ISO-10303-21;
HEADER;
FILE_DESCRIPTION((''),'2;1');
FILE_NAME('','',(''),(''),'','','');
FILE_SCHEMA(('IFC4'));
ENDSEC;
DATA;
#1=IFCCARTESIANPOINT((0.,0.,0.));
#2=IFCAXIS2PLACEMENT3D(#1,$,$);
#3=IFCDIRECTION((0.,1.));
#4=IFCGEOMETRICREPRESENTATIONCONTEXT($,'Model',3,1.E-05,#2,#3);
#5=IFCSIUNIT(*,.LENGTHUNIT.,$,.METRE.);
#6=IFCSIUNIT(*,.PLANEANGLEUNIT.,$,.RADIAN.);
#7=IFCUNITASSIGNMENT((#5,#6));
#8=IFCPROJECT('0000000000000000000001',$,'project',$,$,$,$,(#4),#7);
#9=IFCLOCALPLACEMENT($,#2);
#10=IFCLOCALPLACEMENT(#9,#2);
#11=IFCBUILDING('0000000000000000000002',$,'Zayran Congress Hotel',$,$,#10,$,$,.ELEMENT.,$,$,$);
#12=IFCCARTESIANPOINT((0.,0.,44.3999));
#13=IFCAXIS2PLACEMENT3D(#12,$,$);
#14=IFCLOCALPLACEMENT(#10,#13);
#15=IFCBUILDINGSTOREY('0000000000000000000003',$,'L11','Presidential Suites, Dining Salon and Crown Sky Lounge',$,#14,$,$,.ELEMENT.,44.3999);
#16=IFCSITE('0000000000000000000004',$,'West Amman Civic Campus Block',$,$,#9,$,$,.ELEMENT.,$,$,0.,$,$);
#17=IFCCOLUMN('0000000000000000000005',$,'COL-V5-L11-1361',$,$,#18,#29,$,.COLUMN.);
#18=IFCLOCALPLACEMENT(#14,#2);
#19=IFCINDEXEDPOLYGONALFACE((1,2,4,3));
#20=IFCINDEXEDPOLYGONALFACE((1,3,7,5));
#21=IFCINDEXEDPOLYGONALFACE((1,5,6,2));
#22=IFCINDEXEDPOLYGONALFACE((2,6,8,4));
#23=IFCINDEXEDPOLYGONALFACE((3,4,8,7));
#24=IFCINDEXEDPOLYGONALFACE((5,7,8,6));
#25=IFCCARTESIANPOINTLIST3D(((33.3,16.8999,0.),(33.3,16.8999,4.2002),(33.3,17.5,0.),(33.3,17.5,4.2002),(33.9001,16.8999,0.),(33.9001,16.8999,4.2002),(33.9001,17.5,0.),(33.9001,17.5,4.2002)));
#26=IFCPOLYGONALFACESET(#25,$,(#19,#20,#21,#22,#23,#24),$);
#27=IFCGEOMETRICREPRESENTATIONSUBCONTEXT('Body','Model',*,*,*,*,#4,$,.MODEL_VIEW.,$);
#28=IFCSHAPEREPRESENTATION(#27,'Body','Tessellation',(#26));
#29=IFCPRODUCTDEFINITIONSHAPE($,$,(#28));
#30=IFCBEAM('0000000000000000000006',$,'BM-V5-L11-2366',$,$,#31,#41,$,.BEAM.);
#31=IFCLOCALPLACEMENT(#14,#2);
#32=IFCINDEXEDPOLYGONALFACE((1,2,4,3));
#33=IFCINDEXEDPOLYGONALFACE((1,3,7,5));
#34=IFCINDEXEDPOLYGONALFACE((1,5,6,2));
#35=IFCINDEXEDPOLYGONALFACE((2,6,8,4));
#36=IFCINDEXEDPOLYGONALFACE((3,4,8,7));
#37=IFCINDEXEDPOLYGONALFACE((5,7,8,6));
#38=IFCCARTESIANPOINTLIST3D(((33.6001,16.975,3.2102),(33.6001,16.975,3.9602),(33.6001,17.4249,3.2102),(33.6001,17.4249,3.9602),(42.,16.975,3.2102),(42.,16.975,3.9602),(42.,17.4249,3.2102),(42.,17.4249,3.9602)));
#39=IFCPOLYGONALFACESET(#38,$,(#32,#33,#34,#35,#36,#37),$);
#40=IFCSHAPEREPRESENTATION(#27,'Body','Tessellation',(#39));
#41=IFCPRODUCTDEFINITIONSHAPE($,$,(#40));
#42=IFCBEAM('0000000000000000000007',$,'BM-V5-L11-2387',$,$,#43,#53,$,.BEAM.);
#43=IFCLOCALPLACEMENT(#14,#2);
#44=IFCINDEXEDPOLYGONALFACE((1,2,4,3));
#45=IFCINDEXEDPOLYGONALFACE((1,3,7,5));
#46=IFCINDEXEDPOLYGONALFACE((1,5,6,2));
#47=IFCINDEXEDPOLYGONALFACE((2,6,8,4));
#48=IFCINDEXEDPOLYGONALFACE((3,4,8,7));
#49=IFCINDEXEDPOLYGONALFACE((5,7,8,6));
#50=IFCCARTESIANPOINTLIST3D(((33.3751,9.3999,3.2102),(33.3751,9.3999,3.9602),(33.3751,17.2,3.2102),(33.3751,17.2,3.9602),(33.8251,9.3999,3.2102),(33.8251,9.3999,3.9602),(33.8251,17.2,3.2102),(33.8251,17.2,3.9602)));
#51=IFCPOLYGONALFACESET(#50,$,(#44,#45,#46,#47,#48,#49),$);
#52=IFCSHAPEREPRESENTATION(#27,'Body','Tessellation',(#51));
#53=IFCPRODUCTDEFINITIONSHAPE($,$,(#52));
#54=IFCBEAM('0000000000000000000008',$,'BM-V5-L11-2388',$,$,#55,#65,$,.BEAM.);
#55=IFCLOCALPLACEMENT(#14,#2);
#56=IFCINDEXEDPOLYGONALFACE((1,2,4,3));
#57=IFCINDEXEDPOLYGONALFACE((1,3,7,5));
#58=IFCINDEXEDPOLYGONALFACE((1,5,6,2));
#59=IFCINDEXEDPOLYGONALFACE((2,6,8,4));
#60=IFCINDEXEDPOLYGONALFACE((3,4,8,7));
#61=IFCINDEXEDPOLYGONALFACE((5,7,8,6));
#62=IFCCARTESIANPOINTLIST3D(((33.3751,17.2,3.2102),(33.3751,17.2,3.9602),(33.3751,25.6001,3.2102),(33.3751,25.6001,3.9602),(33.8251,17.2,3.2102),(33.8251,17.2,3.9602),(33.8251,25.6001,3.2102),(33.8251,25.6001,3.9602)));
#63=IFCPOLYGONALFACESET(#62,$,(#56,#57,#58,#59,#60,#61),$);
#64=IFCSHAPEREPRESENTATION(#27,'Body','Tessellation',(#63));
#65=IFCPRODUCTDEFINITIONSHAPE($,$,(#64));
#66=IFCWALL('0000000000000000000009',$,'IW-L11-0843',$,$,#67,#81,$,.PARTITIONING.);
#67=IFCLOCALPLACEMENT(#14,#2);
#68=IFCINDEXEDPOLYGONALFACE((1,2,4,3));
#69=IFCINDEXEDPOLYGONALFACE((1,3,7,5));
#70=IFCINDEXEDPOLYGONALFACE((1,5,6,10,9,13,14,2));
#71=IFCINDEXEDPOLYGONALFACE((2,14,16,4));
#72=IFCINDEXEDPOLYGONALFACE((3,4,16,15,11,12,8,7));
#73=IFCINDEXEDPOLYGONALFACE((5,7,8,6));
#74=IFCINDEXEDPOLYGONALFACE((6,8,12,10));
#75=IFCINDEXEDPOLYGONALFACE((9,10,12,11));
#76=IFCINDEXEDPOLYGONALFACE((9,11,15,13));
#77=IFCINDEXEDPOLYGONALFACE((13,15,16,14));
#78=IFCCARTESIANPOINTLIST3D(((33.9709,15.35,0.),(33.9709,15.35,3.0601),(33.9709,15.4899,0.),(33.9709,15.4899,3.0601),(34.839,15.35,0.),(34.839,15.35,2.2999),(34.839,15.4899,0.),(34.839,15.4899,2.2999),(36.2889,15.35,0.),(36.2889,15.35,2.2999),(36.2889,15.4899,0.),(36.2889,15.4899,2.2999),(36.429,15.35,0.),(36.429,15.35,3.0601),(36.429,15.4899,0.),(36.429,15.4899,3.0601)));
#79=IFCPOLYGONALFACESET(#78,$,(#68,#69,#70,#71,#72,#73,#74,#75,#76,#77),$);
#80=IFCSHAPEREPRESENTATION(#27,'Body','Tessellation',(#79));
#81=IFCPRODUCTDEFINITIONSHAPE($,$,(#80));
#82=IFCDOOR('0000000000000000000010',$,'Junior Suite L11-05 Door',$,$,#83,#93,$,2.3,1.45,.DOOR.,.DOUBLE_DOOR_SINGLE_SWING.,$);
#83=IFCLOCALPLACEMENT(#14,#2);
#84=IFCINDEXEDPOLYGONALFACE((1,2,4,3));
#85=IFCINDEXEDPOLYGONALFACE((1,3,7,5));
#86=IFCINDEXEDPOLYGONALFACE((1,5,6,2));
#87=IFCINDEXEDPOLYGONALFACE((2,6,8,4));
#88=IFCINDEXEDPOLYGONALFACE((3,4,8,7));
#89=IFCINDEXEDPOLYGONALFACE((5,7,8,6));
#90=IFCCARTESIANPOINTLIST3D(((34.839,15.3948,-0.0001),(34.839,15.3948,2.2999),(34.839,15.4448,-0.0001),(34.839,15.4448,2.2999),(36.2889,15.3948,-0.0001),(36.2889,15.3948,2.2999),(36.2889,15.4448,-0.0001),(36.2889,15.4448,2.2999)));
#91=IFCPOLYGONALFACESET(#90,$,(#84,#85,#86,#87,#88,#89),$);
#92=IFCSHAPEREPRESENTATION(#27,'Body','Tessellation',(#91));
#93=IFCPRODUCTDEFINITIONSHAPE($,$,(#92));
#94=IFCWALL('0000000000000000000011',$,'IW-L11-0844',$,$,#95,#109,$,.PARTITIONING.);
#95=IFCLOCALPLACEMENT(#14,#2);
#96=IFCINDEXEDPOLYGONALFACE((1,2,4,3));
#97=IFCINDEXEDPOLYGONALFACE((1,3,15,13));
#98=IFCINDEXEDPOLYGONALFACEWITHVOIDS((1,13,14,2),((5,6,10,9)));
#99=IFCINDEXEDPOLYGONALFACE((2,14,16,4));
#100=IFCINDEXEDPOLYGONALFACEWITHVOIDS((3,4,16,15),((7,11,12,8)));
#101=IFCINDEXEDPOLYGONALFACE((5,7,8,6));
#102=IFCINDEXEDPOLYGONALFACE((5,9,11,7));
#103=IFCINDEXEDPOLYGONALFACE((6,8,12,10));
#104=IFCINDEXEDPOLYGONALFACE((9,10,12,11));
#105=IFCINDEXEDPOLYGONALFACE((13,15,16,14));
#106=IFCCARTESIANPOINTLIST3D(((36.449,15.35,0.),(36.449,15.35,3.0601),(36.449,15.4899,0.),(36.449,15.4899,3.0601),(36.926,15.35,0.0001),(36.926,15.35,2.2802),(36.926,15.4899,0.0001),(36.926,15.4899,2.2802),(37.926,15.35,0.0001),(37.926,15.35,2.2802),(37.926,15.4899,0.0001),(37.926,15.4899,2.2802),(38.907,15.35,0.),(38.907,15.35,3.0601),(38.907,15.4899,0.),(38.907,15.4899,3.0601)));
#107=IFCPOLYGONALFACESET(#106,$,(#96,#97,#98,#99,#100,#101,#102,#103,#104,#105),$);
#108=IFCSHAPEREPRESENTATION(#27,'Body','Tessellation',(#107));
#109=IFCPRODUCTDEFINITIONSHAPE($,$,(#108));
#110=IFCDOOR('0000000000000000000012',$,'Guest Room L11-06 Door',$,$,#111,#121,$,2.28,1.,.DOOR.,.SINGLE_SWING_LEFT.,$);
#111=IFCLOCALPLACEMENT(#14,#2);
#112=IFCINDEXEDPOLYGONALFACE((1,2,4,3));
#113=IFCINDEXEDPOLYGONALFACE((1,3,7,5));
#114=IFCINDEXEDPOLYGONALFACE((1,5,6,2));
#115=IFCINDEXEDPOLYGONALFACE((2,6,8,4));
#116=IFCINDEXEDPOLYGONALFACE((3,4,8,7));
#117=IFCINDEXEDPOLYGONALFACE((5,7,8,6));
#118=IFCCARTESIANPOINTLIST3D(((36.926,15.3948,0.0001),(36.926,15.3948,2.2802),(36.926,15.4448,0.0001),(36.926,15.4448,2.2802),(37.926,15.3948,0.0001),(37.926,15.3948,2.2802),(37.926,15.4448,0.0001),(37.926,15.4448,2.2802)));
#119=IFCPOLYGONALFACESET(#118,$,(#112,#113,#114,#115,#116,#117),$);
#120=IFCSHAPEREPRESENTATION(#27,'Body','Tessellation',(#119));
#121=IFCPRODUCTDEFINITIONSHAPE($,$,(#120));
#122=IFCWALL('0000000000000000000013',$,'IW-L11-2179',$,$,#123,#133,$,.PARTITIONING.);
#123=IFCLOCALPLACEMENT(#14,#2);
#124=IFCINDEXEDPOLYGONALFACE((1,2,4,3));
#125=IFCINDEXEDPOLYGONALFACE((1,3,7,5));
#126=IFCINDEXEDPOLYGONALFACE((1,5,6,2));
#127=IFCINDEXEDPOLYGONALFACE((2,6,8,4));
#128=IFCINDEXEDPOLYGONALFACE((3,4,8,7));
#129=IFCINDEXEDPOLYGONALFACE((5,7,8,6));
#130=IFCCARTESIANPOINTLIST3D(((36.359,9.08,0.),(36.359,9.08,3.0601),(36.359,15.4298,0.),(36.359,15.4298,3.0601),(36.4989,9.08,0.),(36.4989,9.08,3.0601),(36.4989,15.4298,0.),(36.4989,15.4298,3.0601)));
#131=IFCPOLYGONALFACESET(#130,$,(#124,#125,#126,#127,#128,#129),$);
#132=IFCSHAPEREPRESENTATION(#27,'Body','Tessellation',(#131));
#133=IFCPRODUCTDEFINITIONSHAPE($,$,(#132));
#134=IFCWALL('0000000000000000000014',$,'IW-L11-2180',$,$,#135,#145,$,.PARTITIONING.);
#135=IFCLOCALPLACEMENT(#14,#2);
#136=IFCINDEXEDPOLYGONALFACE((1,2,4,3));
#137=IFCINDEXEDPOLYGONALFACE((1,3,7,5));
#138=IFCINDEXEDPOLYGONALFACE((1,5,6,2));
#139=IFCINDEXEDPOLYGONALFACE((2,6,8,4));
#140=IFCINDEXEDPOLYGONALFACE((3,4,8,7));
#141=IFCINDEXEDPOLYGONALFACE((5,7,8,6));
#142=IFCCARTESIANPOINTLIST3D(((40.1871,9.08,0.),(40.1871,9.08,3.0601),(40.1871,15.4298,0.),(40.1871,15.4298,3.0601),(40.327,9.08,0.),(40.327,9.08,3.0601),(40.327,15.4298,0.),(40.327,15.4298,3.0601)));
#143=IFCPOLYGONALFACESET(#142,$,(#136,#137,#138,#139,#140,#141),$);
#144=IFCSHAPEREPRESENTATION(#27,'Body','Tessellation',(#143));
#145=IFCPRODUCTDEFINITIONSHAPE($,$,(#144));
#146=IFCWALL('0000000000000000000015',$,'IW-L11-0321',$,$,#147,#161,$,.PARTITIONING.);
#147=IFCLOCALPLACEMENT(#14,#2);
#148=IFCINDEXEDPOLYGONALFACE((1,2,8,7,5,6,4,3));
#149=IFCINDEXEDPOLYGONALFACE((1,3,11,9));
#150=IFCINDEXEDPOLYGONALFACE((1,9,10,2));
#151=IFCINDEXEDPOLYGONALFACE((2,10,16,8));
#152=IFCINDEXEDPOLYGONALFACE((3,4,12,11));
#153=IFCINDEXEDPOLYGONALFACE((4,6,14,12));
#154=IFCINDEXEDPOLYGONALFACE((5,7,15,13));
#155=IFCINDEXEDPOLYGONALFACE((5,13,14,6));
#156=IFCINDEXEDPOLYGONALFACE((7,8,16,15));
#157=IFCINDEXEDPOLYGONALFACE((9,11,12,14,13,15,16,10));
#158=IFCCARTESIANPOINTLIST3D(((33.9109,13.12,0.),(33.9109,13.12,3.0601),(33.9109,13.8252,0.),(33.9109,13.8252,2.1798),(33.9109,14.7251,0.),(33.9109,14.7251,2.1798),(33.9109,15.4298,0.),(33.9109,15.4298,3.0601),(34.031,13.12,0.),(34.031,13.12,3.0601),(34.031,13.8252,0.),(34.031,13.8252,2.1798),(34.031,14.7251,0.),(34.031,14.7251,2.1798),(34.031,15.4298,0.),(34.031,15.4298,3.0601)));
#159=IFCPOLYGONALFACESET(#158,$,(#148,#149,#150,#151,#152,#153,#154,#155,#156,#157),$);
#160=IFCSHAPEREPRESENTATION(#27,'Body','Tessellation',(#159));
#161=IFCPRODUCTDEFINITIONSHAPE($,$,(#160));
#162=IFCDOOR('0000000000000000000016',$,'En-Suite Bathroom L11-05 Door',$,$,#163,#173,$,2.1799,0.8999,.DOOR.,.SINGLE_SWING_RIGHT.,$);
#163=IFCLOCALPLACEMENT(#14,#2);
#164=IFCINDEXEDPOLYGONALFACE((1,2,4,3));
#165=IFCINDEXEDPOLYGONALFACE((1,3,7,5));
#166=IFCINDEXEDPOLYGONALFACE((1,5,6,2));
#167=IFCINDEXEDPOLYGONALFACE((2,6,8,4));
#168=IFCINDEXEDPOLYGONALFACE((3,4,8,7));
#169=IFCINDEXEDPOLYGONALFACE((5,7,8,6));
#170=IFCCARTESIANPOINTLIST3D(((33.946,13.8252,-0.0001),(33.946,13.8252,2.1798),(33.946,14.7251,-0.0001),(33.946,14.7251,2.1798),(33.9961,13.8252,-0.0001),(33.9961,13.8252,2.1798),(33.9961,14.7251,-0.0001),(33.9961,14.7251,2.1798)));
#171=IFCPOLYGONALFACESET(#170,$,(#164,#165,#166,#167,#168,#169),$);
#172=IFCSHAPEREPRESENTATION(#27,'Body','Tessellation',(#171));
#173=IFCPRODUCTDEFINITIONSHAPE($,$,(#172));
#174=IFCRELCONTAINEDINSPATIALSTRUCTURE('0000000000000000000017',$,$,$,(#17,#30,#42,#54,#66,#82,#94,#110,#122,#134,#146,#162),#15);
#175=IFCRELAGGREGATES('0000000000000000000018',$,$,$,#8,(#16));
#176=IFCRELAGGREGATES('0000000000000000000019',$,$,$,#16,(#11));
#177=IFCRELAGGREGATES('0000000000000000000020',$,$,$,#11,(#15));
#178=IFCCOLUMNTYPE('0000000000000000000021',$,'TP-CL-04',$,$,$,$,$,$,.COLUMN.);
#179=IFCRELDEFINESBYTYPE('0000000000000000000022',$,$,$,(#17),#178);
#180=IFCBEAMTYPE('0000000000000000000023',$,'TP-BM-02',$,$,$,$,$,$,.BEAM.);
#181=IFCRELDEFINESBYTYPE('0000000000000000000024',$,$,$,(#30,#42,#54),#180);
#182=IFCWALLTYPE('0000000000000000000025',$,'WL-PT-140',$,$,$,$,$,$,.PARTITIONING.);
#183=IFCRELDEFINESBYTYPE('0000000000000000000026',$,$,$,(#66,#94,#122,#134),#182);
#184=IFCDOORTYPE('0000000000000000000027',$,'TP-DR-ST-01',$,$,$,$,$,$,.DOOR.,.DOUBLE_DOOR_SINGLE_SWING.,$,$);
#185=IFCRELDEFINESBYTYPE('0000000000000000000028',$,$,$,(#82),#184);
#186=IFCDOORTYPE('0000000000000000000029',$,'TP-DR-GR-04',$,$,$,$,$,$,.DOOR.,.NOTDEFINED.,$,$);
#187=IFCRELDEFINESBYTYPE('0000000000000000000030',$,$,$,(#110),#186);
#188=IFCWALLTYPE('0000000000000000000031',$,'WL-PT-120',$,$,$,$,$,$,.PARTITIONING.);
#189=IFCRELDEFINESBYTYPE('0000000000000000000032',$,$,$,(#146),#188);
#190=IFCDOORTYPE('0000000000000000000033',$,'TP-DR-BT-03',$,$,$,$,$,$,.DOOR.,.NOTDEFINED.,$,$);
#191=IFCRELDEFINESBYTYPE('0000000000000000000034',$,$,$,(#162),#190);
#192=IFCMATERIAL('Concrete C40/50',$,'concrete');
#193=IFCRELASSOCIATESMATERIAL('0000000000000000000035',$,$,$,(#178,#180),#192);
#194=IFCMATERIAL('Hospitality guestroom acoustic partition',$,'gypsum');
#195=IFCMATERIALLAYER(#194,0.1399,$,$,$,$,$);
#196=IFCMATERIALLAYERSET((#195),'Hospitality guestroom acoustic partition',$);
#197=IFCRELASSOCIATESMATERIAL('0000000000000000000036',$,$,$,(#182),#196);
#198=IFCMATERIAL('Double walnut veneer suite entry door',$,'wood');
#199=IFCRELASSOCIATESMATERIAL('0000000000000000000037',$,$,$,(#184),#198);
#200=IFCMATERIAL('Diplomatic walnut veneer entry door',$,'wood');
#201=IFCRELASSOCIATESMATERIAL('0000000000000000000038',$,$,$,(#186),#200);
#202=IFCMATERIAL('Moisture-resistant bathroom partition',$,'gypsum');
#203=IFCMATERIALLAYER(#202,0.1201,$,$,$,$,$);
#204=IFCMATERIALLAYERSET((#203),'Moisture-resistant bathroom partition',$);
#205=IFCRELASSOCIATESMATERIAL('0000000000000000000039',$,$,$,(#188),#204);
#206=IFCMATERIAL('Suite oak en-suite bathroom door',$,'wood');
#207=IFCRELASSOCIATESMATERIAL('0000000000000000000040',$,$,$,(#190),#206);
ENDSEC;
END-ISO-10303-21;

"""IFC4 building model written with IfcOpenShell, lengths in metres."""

from ifc_helpers import new_model, si_unit, direction, frame, frame_2d, origin, origin_2d, place, context, subcontext, project, spatial, rectangle, extrude, material, layer, layer_set, material_profile, profile_set, type_object, element, fill, save


model = new_model("IFC4")

# Units and contexts
model_context = context("Model", 3, precision=1e-05, world=origin(), true_north=direction((0.0, 1.0)))
body_context = subcontext(model_context, "Body", "Model", "MODEL_VIEW")
ifc_project = project(units=[si_unit("LENGTHUNIT", "METRE"), si_unit("PLANEANGLEUNIT", "RADIAN")], contexts=[model_context])

# Site, building, storey
site_placement = place(None, origin())
site = spatial("IfcSite", under=ifc_project, at=site_placement, Name="West Amman Civic Campus Block", CompositionType="ELEMENT", RefElevation=0.0)
building_placement = place(site_placement, origin())
building = spatial("IfcBuilding", under=site, at=building_placement, Name="Zayran Congress Hotel", CompositionType="ELEMENT")
storey_placement = place(building_placement, frame((0.0, 0.0, 44.3999)))
storey = spatial("IfcBuildingStorey", under=building, at=storey_placement, Name="L11", Description="Presidential Suites, Dining Salon and Crown Sky Lounge", CompositionType="ELEMENT", Elevation=44.3999)

# Column
ifc_material_1 = material(Name="Concrete C40/50", Category="concrete")
ifc_material_profile_1 = material_profile(ifc_material_1, rectangle(XDim=0.6001, YDim=0.6001, at=origin_2d()), Name="RC 600x600")
ifc_profile_set_1 = profile_set([ifc_material_profile_1], Name="Concrete C40/50")
column_type = type_object("IfcColumnType", Name="TP-CL-04", PredefinedType="COLUMN", material=ifc_profile_set_1)
column_placement = place(storey_placement, frame((33.6001, 17.2, 0.0), z_axis=(0.0, 0.0, 1.0), x_axis=(1.0, 0.0, 0.0)))
element("IfcColumn", 1, at=column_placement, inside=storey, type_object=column_type, Name="COL-V5-L11-1361", PredefinedType="COLUMN", context=body_context, shape_type="SweptSolid", body=[
    extrude(rectangle(XDim=0.6001, YDim=0.6001, at=origin_2d()), origin(), (0.0, 0.0, 1.0), 4.2002),
])

# Beams
ifc_material_profile_2 = material_profile(ifc_material_1, rectangle(XDim=0.45, YDim=0.75, at=origin_2d()), Name="RC 450x750")
ifc_profile_set_2 = profile_set([ifc_material_profile_2], Name="Concrete C40/50")
beam_type = type_object("IfcBeamType", Name="TP-BM-02", PredefinedType="BEAM", material=ifc_profile_set_2)
beam_1_placement = place(storey_placement, frame((33.6001, 17.2, 3.5852), z_axis=(1.0, 0.0, 0.0), x_axis=(0.0, 1.0, 0.0)))
element("IfcBeam", 2, at=beam_1_placement, inside=storey, type_object=beam_type, Name="BM-V5-L11-2366", PredefinedType="BEAM", context=body_context, shape_type="SweptSolid", body=[
    extrude(rectangle(XDim=0.45, YDim=0.75, at=origin_2d()), origin(), (0.0, 0.0, 1.0), 8.3999),
])
beam_2_placement = place(storey_placement, frame((33.6001, 9.3999, 3.5852), z_axis=(0.0, 1.0, 0.0), x_axis=(-1.0, 0.0, 0.0)))
element("IfcBeam", 3, at=beam_2_placement, inside=storey, type_object=beam_type, Name="BM-V5-L11-2387", PredefinedType="BEAM", context=body_context, shape_type="SweptSolid", body=[
    extrude(rectangle(XDim=0.45, YDim=0.75, at=origin_2d()), origin(), (0.0, 0.0, 1.0), 7.8),
])
beam_3_placement = place(storey_placement, frame((33.6001, 17.2, 3.5852), z_axis=(0.0, 1.0, 0.0), x_axis=(-1.0, 0.0, 0.0)))
element("IfcBeam", 4, at=beam_3_placement, inside=storey, type_object=beam_type, Name="BM-V5-L11-2388", PredefinedType="BEAM", context=body_context, shape_type="SweptSolid", body=[
    extrude(rectangle(XDim=0.45, YDim=0.75, at=origin_2d()), origin(), (0.0, 0.0, 1.0), 8.4001),
])

# Walls, openings, doors
ifc_material_2 = material(Name="Hospitality guestroom acoustic partition", Category="gypsum")
ifc_layer_1 = layer(ifc_material_2, 0.1399)
ifc_layer_set_1 = layer_set([ifc_layer_1], Name="Hospitality guestroom acoustic partition")
wall_type_1 = type_object("IfcWallType", Name="WL-PT-140", PredefinedType="PARTITIONING", material=ifc_layer_set_1)
wall_1_placement = place(storey_placement, frame((33.9709, 15.4199, 0.0), z_axis=(0.0, 0.0, 1.0), x_axis=(1.0, 0.0, 0.0)))
wall_1 = element("IfcWall", 5, at=wall_1_placement, inside=storey, type_object=wall_type_1, Name="IW-L11-0843", PredefinedType="PARTITIONING", context=body_context, shape_type="SweptSolid", body=[
    extrude(rectangle(XDim=2.458, YDim=0.1399, at=frame_2d((1.229, 0.0))), origin(), (0.0, 0.0, 1.0), 3.0601),
])
opening_1_placement = place(wall_1_placement, frame((0.8679, 0.0, 0.0)))
opening_1 = element("IfcOpeningElement", 6, at=opening_1_placement, cuts=wall_1, PredefinedType="OPENING", context=body_context, shape_type="SweptSolid", body=[
    extrude(rectangle(XDim=1.45, YDim=2.3, at=frame_2d((0.7251, 1.1499))), frame((0.0, 0.0798, 0.0), z_axis=(0.0, -1.0, 0.0), x_axis=(1.0, 0.0, 0.0)), (0.0, 0.0, 1.0), 0.1599),
])
ifc_material_3 = material(Name="Double walnut veneer suite entry door", Category="wood")
door_type_1 = type_object("IfcDoorType", Name="TP-DR-ST-01", OperationType="DOUBLE_DOOR_SINGLE_SWING", PredefinedType="DOOR", material=ifc_material_3)
door_1_placement = place(opening_1_placement, origin())
door_1 = element("IfcDoor", 7, at=door_1_placement, inside=storey, type_object=door_type_1, Name="Junior Suite L11-05 Door", OperationType="DOUBLE_DOOR_SINGLE_SWING", OverallHeight=2.3, OverallWidth=1.45, PredefinedType="DOOR", context=body_context, shape_type="SweptSolid", body=[
    extrude(rectangle(XDim=1.45, YDim=2.3, at=frame_2d((0.7251, 1.1499))), frame((0.0, 0.0249, 0.0), z_axis=(0.0, -1.0, 0.0), x_axis=(1.0, 0.0, 0.0)), (0.0, 0.0, 1.0), 0.05),
])
fill(opening_1, door_1)
wall_2_placement = place(storey_placement, frame((36.449, 15.4199, 0.0), z_axis=(0.0, 0.0, 1.0), x_axis=(1.0, 0.0, 0.0)))
wall_2 = element("IfcWall", 8, at=wall_2_placement, inside=storey, type_object=wall_type_1, Name="IW-L11-0844", PredefinedType="PARTITIONING", context=body_context, shape_type="SweptSolid", body=[
    extrude(rectangle(XDim=2.458, YDim=0.1399, at=frame_2d((1.229, 0.0))), origin(), (0.0, 0.0, 1.0), 3.0601),
])
opening_2_placement = place(wall_2_placement, frame((0.4771, 0.0, 0.0)))
opening_2 = element("IfcOpeningElement", 9, at=opening_2_placement, cuts=wall_2, PredefinedType="OPENING", context=body_context, shape_type="SweptSolid", body=[
    extrude(rectangle(XDim=1.0, YDim=2.28, at=frame_2d((0.5, 1.1401))), frame((0.0, 0.0798, 0.0), z_axis=(0.0, -1.0, 0.0), x_axis=(1.0, 0.0, 0.0)), (0.0, 0.0, 1.0), 0.1599),
])
ifc_material_4 = material(Name="Diplomatic walnut veneer entry door", Category="wood")
door_type_2 = type_object("IfcDoorType", Name="TP-DR-GR-04", OperationType="NOTDEFINED", PredefinedType="DOOR", material=ifc_material_4)
door_2_placement = place(opening_2_placement, origin())
door_2 = element("IfcDoor", 10, at=door_2_placement, inside=storey, type_object=door_type_2, Name="Guest Room L11-06 Door", OperationType="SINGLE_SWING_LEFT", OverallHeight=2.28, OverallWidth=1.0, PredefinedType="DOOR", context=body_context, shape_type="SweptSolid", body=[
    extrude(rectangle(XDim=1.0, YDim=2.28, at=frame_2d((0.5, 1.1401))), frame((0.0, 0.0249, 0.0), z_axis=(0.0, -1.0, 0.0), x_axis=(1.0, 0.0, 0.0)), (0.0, 0.0, 1.0), 0.05),
])
fill(opening_2, door_2)

# Walls
for number, where, z_axis, x_axis, name in (
    (11, (36.429, 9.0801, 0.0), (0.0, 0.0, 1.0), (0.0, 1.0, 0.0), "IW-L11-2179"),
    (12, (40.2571, 9.0801, 0.0), (0.0, 0.0, 1.0), (0.0, 1.0, 0.0), "IW-L11-2180"),
):
    element("IfcWall", number, at=place(storey_placement, frame(where, z_axis=z_axis, x_axis=x_axis)), inside=storey, type_object=wall_type_1, Name=name, PredefinedType="PARTITIONING", context=body_context, shape_type="SweptSolid", body=[
        extrude(rectangle(XDim=6.3499, YDim=0.1399, at=frame_2d((3.1748, 0.0))), origin(), (0.0, 0.0, 1.0), 3.0601),
    ])

# Wall, opening, door
ifc_material_5 = material(Name="Moisture-resistant bathroom partition", Category="gypsum")
ifc_layer_2 = layer(ifc_material_5, 0.1201)
ifc_layer_set_2 = layer_set([ifc_layer_2], Name="Moisture-resistant bathroom partition")
wall_type_2 = type_object("IfcWallType", Name="WL-PT-120", PredefinedType="PARTITIONING", material=ifc_layer_set_2)
wall_3_placement = place(storey_placement, frame((33.9709, 13.1201, 0.0), z_axis=(0.0, 0.0, 1.0), x_axis=(0.0, 1.0, 0.0)))
wall_3 = element("IfcWall", 13, at=wall_3_placement, inside=storey, type_object=wall_type_2, Name="IW-L11-0321", PredefinedType="PARTITIONING", context=body_context, shape_type="SweptSolid", body=[
    extrude(rectangle(XDim=2.3098, YDim=0.1201, at=frame_2d((1.1548, 0.0))), origin(), (0.0, 0.0, 1.0), 3.0601),
])
opening_3_placement = place(wall_3_placement, frame((0.7051, 0.0, 0.0)))
opening_3 = element("IfcOpeningElement", 14, at=opening_3_placement, cuts=wall_3, PredefinedType="OPENING", context=body_context, shape_type="SweptSolid", body=[
    extrude(rectangle(XDim=0.8999, YDim=2.1799, at=frame_2d((0.45, 1.0898))), frame((0.0, 0.0701, 0.0), z_axis=(0.0, -1.0, 0.0), x_axis=(1.0, 0.0, 0.0)), (0.0, 0.0, 1.0), 0.1401),
])
ifc_material_6 = material(Name="Suite oak en-suite bathroom door", Category="wood")
door_type_3 = type_object("IfcDoorType", Name="TP-DR-BT-03", OperationType="NOTDEFINED", PredefinedType="DOOR", material=ifc_material_6)
door_3_placement = place(opening_3_placement, origin())
door_3 = element("IfcDoor", 15, at=door_3_placement, inside=storey, type_object=door_type_3, Name="En-Suite Bathroom L11-05 Door", OperationType="SINGLE_SWING_RIGHT", OverallHeight=2.1799, OverallWidth=0.8999, PredefinedType="DOOR", context=body_context, shape_type="SweptSolid", body=[
    extrude(rectangle(XDim=0.8999, YDim=2.1799, at=frame_2d((0.45, 1.0898))), frame((0.0, 0.0249, 0.0), z_axis=(0.0, -1.0, 0.0), x_axis=(1.0, 0.0, 0.0)), (0.0, 0.0, 1.0), 0.05),
])
fill(opening_3, door_3)

save(model, "model.ifc")
